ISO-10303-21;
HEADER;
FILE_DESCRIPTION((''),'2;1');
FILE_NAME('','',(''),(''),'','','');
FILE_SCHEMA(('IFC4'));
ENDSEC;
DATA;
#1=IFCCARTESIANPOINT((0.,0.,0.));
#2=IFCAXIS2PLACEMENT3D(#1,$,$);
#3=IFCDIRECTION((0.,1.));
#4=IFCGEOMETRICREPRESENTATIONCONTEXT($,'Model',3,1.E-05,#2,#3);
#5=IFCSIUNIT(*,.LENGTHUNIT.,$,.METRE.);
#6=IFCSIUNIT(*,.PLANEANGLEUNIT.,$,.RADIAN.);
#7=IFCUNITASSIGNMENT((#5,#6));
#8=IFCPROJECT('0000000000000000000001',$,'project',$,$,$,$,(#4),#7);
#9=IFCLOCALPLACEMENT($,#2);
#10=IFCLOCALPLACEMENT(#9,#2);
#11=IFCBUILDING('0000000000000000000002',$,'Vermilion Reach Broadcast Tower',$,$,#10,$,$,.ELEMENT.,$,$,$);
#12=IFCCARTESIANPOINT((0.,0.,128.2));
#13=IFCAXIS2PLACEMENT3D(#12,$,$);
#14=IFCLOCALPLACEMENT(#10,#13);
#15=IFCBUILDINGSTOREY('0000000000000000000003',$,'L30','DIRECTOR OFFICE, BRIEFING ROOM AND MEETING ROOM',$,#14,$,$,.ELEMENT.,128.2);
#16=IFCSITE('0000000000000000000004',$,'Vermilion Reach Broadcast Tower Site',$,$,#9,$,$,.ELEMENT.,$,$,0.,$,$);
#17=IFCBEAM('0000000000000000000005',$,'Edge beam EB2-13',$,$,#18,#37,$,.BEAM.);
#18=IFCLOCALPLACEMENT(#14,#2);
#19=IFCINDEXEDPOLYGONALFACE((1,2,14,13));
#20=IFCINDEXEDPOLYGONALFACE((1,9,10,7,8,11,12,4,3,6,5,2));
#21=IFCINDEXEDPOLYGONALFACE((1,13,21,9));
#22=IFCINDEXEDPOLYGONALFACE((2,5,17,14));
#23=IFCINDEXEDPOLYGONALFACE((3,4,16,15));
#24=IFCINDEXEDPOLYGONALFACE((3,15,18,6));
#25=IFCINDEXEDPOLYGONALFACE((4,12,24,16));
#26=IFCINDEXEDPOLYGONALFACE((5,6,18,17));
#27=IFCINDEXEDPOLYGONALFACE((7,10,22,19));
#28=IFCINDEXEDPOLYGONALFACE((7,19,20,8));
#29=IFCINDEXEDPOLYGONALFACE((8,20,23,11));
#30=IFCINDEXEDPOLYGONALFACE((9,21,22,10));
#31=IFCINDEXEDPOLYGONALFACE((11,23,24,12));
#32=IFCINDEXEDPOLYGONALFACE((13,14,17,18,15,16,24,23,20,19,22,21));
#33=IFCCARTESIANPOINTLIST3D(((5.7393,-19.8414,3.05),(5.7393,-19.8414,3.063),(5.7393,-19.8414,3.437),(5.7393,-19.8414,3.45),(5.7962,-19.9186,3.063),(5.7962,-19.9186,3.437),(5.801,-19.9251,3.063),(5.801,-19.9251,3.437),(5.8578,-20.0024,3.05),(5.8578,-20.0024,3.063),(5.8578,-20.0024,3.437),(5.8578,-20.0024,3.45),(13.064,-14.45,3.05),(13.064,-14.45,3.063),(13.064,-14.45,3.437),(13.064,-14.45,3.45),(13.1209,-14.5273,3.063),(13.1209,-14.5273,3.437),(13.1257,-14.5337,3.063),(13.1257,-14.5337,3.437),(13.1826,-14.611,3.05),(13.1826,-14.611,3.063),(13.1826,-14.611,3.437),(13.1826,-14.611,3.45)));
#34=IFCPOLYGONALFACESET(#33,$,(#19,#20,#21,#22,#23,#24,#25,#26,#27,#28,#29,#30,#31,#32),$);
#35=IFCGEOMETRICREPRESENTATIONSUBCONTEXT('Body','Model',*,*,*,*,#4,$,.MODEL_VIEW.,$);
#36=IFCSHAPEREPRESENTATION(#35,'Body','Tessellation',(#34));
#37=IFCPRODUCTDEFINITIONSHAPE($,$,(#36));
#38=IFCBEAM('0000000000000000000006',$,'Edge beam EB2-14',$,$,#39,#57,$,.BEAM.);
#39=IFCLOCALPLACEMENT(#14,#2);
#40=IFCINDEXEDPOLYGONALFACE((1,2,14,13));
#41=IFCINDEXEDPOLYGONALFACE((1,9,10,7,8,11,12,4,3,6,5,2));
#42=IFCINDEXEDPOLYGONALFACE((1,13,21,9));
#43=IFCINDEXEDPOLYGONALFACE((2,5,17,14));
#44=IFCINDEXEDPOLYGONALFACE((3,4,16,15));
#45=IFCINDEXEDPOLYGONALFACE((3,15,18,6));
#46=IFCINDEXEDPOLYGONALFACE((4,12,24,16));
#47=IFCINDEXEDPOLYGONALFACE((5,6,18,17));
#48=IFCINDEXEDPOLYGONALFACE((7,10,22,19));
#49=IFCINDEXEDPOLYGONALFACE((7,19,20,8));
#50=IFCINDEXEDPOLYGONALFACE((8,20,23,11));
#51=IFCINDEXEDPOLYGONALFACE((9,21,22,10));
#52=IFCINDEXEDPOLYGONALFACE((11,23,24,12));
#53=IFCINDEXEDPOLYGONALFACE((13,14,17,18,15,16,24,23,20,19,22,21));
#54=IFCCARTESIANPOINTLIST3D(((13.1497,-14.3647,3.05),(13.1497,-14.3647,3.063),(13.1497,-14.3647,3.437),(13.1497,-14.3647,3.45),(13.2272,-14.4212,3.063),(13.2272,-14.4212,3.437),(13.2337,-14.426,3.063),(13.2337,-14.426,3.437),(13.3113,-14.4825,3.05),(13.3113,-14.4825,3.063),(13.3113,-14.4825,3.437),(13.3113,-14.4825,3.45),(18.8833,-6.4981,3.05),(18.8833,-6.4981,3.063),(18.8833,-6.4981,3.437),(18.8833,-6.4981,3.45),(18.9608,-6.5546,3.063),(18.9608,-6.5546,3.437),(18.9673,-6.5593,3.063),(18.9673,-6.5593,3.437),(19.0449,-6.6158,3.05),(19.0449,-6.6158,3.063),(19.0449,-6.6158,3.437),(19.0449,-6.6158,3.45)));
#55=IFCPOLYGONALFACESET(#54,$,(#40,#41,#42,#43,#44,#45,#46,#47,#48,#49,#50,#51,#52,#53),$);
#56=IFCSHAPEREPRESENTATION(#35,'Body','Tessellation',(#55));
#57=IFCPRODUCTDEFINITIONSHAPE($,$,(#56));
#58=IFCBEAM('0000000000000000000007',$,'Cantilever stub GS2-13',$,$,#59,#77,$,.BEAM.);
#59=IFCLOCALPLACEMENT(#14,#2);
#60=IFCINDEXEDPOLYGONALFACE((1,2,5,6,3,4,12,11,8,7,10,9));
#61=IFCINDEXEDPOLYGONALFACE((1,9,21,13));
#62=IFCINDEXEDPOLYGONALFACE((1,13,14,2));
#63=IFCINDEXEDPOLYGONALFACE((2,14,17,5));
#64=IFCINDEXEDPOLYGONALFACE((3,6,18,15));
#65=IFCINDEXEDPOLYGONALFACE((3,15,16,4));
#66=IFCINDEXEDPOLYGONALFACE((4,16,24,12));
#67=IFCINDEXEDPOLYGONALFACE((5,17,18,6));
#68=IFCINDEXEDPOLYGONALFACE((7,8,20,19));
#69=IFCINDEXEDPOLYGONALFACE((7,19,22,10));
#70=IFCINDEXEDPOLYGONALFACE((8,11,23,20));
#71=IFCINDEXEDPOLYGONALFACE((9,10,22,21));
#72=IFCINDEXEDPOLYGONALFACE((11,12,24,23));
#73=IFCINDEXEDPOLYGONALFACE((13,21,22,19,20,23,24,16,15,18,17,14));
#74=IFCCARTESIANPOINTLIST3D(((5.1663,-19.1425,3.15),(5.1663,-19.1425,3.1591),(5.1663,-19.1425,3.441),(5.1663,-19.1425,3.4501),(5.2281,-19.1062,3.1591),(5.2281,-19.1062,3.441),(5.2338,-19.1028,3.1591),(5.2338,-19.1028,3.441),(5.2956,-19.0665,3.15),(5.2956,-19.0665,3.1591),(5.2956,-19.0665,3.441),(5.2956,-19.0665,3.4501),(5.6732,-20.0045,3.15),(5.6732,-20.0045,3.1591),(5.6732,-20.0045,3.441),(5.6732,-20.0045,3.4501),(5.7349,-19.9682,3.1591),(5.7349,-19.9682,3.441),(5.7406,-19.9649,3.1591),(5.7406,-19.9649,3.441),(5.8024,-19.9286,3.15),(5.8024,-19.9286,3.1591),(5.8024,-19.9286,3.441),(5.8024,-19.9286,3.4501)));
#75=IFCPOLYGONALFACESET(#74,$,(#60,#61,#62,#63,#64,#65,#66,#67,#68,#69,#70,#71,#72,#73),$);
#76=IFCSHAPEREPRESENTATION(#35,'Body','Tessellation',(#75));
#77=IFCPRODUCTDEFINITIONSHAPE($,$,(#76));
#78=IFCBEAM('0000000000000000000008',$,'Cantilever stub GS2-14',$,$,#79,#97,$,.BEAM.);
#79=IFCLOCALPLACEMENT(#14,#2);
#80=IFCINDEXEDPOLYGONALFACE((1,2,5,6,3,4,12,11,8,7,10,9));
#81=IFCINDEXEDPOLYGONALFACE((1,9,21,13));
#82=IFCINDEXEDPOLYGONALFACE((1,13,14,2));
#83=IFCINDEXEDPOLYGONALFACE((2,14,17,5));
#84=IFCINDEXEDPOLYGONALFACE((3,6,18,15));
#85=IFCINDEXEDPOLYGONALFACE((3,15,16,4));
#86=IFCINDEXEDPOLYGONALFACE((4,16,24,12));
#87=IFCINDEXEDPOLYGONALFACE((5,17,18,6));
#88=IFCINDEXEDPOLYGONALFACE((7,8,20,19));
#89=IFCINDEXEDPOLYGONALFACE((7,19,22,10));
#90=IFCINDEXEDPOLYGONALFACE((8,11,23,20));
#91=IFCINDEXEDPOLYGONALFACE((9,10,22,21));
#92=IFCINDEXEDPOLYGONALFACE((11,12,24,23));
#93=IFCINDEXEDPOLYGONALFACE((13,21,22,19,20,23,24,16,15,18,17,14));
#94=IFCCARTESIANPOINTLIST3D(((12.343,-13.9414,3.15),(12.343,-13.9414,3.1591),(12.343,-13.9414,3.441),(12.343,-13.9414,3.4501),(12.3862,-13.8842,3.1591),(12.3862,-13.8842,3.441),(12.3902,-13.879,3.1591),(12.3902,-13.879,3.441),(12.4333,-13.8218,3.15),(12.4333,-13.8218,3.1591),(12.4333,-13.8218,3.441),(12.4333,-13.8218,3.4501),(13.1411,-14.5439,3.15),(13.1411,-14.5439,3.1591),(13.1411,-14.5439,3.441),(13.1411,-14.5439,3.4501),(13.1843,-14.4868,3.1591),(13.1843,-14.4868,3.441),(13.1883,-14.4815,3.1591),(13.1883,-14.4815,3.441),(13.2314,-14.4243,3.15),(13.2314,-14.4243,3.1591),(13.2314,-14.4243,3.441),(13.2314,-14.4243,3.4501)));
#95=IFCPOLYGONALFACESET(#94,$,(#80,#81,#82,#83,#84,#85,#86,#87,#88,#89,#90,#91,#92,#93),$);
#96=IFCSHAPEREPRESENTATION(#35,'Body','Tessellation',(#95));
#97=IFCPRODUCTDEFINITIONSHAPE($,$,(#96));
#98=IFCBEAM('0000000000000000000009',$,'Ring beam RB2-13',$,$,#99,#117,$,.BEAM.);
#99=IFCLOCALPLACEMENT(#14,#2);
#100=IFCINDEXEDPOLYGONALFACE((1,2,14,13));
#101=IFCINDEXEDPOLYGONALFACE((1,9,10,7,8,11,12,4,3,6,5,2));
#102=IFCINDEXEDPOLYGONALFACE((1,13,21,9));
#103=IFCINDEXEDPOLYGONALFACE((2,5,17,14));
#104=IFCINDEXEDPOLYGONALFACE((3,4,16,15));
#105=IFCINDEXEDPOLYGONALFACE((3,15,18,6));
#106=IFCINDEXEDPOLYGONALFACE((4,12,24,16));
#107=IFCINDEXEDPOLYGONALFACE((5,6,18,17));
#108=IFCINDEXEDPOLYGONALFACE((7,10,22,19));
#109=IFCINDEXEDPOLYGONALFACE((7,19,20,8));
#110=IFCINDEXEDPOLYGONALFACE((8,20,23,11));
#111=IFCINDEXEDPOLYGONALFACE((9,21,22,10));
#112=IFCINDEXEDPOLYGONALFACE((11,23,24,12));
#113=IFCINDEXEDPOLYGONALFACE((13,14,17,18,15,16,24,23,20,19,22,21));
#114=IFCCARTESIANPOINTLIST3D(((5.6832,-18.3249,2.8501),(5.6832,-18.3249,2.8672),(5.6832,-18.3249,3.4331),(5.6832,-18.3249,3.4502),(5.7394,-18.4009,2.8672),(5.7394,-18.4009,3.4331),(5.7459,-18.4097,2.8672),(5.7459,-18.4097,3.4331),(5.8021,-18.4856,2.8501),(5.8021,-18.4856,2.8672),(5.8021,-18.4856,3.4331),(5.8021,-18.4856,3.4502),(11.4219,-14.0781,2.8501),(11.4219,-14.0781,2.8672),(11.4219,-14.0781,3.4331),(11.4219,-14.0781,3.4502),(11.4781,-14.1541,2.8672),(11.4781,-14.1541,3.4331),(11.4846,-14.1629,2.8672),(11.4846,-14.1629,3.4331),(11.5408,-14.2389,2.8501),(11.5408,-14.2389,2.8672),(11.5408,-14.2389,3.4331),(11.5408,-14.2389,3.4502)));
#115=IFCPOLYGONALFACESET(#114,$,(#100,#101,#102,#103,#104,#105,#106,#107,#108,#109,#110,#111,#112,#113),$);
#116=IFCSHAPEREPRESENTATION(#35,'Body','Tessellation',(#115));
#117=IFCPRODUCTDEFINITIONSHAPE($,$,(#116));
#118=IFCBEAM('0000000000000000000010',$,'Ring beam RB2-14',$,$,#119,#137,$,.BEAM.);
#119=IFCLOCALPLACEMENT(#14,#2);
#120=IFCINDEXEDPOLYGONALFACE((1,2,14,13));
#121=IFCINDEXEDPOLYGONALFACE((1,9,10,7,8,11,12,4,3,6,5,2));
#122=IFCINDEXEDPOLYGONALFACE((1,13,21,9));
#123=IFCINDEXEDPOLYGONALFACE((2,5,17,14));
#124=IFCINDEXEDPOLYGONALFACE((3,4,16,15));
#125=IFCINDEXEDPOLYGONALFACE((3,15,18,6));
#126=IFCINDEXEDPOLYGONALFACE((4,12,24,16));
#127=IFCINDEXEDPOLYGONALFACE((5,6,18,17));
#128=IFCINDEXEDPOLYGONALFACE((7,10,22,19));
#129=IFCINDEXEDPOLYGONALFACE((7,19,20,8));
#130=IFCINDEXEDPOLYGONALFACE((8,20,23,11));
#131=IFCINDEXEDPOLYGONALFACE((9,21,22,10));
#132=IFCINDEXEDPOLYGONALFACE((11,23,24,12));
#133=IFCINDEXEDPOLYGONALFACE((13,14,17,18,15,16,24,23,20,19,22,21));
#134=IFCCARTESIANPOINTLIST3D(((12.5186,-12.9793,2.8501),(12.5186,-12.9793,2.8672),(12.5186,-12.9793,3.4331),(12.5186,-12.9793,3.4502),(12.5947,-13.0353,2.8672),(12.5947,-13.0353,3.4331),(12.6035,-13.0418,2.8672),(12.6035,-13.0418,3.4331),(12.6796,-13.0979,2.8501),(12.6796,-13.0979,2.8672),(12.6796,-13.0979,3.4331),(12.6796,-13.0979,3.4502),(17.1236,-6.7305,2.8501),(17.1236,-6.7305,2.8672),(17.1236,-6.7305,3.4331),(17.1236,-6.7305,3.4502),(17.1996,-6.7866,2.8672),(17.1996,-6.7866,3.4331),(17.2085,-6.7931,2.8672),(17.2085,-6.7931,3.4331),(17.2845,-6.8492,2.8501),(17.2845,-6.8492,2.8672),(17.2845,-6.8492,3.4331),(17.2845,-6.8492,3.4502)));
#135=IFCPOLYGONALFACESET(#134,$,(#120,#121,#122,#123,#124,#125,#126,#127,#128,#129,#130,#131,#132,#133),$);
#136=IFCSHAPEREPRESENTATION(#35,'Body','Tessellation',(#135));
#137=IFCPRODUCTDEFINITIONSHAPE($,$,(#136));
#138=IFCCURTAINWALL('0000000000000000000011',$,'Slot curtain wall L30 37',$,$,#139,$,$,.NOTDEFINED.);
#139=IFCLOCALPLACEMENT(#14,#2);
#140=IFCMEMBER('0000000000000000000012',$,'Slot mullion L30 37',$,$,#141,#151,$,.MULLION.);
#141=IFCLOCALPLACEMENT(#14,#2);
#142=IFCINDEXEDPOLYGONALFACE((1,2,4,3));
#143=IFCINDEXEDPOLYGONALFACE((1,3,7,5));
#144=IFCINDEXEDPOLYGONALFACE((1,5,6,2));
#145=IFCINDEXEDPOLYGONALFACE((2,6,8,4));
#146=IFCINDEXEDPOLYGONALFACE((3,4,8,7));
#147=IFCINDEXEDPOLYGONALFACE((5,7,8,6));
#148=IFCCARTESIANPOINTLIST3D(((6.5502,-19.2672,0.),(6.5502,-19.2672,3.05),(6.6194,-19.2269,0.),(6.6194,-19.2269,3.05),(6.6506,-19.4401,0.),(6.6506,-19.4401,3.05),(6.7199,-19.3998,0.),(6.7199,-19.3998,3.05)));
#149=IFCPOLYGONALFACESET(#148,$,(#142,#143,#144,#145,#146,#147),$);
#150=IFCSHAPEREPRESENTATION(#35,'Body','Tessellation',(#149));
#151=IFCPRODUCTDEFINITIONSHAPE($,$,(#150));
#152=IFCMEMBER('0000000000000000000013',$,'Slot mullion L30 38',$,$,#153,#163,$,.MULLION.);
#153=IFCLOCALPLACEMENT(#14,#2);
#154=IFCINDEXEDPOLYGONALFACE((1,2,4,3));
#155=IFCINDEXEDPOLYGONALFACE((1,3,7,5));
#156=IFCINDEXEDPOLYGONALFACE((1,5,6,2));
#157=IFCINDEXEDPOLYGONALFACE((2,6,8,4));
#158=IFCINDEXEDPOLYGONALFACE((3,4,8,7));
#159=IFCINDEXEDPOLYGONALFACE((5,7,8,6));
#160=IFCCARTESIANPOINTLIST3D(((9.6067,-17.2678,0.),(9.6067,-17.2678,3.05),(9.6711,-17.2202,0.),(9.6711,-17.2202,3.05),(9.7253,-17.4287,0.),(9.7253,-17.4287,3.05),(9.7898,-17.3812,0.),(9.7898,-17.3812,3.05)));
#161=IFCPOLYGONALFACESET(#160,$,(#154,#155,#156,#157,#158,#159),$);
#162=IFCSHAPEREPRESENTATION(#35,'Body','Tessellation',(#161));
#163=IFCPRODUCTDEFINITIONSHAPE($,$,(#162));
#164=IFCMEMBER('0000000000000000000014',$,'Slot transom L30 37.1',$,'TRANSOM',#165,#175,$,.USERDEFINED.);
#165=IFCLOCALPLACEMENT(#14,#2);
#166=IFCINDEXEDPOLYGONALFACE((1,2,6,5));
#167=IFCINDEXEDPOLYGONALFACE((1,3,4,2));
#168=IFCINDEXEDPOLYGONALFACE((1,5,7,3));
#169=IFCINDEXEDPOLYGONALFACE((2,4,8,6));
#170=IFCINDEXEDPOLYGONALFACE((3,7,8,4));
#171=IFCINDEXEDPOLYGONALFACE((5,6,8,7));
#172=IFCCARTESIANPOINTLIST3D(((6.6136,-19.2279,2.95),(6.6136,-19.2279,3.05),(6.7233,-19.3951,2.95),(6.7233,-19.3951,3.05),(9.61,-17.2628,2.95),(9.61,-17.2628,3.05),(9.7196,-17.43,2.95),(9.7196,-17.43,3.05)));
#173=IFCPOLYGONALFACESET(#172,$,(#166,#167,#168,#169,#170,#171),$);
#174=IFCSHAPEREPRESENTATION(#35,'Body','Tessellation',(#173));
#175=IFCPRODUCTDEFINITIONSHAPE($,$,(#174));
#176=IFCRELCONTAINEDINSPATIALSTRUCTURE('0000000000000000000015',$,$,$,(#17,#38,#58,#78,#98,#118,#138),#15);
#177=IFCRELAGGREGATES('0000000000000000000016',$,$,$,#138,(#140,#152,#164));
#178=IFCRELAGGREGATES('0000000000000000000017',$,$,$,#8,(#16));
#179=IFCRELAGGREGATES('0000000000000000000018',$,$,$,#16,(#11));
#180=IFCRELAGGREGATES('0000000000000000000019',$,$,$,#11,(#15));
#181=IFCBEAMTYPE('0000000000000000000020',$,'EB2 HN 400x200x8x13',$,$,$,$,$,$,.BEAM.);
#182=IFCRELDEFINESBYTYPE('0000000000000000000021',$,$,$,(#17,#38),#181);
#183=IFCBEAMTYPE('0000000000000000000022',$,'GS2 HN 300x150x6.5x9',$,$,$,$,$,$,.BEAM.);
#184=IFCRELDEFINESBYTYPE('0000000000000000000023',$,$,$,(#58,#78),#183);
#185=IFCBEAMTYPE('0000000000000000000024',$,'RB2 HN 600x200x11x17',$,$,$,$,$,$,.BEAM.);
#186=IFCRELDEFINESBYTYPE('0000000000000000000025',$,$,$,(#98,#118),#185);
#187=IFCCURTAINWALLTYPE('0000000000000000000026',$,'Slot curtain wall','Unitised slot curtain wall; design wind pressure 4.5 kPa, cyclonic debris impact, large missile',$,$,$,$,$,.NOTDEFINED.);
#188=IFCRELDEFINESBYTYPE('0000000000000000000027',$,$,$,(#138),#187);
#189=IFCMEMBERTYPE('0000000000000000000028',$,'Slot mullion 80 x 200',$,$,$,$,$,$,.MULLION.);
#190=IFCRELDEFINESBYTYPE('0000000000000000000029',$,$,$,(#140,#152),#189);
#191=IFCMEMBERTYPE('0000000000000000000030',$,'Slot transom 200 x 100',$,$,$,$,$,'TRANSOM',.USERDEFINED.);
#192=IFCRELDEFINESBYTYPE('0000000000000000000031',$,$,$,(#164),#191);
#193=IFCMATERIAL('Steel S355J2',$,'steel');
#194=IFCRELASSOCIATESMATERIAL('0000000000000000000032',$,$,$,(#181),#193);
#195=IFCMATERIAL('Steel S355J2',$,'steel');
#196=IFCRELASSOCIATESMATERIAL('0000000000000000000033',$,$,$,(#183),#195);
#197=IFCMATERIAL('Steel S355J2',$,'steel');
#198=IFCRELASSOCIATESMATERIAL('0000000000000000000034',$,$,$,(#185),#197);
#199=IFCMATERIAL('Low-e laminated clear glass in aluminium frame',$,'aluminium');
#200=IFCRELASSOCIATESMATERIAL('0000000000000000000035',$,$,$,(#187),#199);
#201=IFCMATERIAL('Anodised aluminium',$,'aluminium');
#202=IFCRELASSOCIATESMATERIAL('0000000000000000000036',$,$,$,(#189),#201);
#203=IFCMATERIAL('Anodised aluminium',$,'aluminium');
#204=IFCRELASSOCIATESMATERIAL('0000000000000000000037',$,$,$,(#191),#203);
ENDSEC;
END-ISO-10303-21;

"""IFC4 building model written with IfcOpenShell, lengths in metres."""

from ifc_helpers import new_model, si_unit, direction, frame, origin, origin_2d, place, context, subcontext, project, spatial, rectangle, i_section, extrude, material, material_profile, profile_set, type_object, element, aggregate, save


model = new_model("IFC4")

# Units and contexts
model_context = context("Model", 3, precision=1e-05, world=origin(), true_north=direction((0.0, 1.0)))
body_context = subcontext(model_context, "Body", "Model", "MODEL_VIEW")
ifc_project = project(units=[si_unit("LENGTHUNIT", "METRE"), si_unit("PLANEANGLEUNIT", "RADIAN")], contexts=[model_context])

# Site, building, storey
site_placement = place(None, origin())
site = spatial("IfcSite", under=ifc_project, at=site_placement, Name="Vermilion Reach Broadcast Tower Site", CompositionType="ELEMENT", RefElevation=0.0)
building_placement = place(site_placement, origin())
building = spatial("IfcBuilding", under=site, at=building_placement, Name="Vermilion Reach Broadcast Tower", CompositionType="ELEMENT")
storey_placement = place(building_placement, frame((0.0, 0.0, 128.2)))
storey = spatial("IfcBuildingStorey", under=building, at=storey_placement, Name="L30", Description="DIRECTOR OFFICE, BRIEFING ROOM AND MEETING ROOM", CompositionType="ELEMENT", Elevation=128.2)

# Beams
ifc_material_1 = material(Name="Steel S355J2", Category="steel")
ifc_material_profile_1 = material_profile(ifc_material_1, i_section(OverallWidth=0.2, OverallDepth=0.3999, WebThickness=0.0081, FlangeThickness=0.0129, at=origin_2d()), Name="S355J2 HN 400x200x8x13")
ifc_profile_set_1 = profile_set([ifc_material_profile_1], Name="Steel S355J2")
beam_type_1 = type_object("IfcBeamType", Name="EB2 HN 400x200x8x13", PredefinedType="BEAM", material=ifc_profile_set_1)
beam_1_placement = place(storey_placement, frame((5.7986, -19.9219, 3.25), z_axis=(0.80536, 0.592786, 0.0), x_axis=(-0.592786, 0.80536, 0.0)))
element("IfcBeam", 1, at=beam_1_placement, inside=storey, type_object=beam_type_1, Name="Edge beam EB2-13", PredefinedType="BEAM", context=body_context, shape_type="SweptSolid", body=[
    extrude(i_section(OverallWidth=0.2, OverallDepth=0.3999, WebThickness=0.0081, FlangeThickness=0.0129, at=origin_2d()), origin(), (0.0, 0.0, 1.0), 9.095),
])
beam_2_placement = place(storey_placement, frame((13.2305, -14.4236, 3.25), z_axis=(0.589005, 0.808129, 0.0), x_axis=(-0.808129, 0.589005, 0.0)))
element("IfcBeam", 2, at=beam_2_placement, inside=storey, type_object=beam_type_1, Name="Edge beam EB2-14", PredefinedType="BEAM", context=body_context, shape_type="SweptSolid", body=[
    extrude(i_section(OverallWidth=0.2, OverallDepth=0.3999, WebThickness=0.0081, FlangeThickness=0.0129, at=origin_2d()), origin(), (0.0, 0.0, 1.0), 9.7344),
])
ifc_material_2 = material(Name="Steel S355J2", Category="steel")
ifc_material_profile_2 = material_profile(ifc_material_2, i_section(OverallWidth=0.1499, OverallDepth=0.3, WebThickness=0.0066, FlangeThickness=0.009, at=origin_2d()), Name="S355J2 HN 300x150x6.5x9")
ifc_profile_set_2 = profile_set([ifc_material_profile_2], Name="Steel S355J2")
beam_type_2 = type_object("IfcBeamType", Name="GS2 HN 300x150x6.5x9", PredefinedType="BEAM", material=ifc_profile_set_2)
for number, where, z_axis, x_axis, name in (
    (3, (5.231, -19.1045, 3.3), (0.506828, -0.862047, 0.0), (0.862047, 0.506828, 0.0), "Cantilever stub GS2-13"),
    (4, (12.3882, -13.8816, 3.3), (0.798092, -0.602536, 0.0), (0.602536, 0.798092, 0.0), "Cantilever stub GS2-14"),
):
    element("IfcBeam", number, at=place(storey_placement, frame(where, z_axis=z_axis, x_axis=x_axis)), inside=storey, type_object=beam_type_2, Name=name, PredefinedType="BEAM", context=body_context, shape_type="SweptSolid", body=[
        extrude(i_section(OverallWidth=0.1499, OverallDepth=0.3, WebThickness=0.0066, FlangeThickness=0.009, at=origin_2d()), origin(), (0.0, 0.0, 1.0), 1.0),
    ])
ifc_material_3 = material(Name="Steel S355J2", Category="steel")
ifc_material_profile_3 = material_profile(ifc_material_3, i_section(OverallWidth=0.2, OverallDepth=0.6001, WebThickness=0.011, FlangeThickness=0.0171, at=origin_2d()), Name="S355J2 HN 600x200x11x17")
ifc_profile_set_3 = profile_set([ifc_material_profile_3], Name="Steel S355J2")
beam_type_3 = type_object("IfcBeamType", Name="RB2 HN 600x200x11x17", PredefinedType="BEAM", material=ifc_profile_set_3)
beam_3_placement = place(storey_placement, frame((5.7427, -18.4053, 3.1501), z_axis=(0.803833, 0.594855, 0.0), x_axis=(-0.594855, 0.803833, 0.0)))
element("IfcBeam", 5, at=beam_3_placement, inside=storey, type_object=beam_type_3, Name="Ring beam RB2-13", PredefinedType="BEAM", context=body_context, shape_type="SweptSolid", body=[
    extrude(i_section(OverallWidth=0.2, OverallDepth=0.6001, WebThickness=0.011, FlangeThickness=0.0171, at=origin_2d()), origin(), (0.0, 0.0, 1.0), 7.1392),
])
beam_4_placement = place(storey_placement, frame((12.5991, -13.0386, 3.1501), z_axis=(0.593251, 0.805018, 0.0), x_axis=(-0.805018, 0.593251, 0.0)))
element("IfcBeam", 6, at=beam_4_placement, inside=storey, type_object=beam_type_3, Name="Ring beam RB2-14", PredefinedType="BEAM", context=body_context, shape_type="SweptSolid", body=[
    extrude(i_section(OverallWidth=0.2, OverallDepth=0.6001, WebThickness=0.011, FlangeThickness=0.0171, at=origin_2d()), origin(), (0.0, 0.0, 1.0), 7.7622),
])

# Curtain wall, members
ifc_material_4 = material(Name="Low-e laminated clear glass in aluminium frame", Category="aluminium")
curtain_wall_type = type_object("IfcCurtainWallType", Name="Slot curtain wall", Description="Unitised slot curtain wall; design wind pressure 4.5 kPa, cyclonic debris impact, large missile", PredefinedType="NOTDEFINED", material=ifc_material_4)
curtain_wall_placement = place(storey_placement, origin())
curtain_wall = element("IfcCurtainWall", 7, at=curtain_wall_placement, inside=storey, type_object=curtain_wall_type, Name="Slot curtain wall L30 37", PredefinedType="NOTDEFINED")
ifc_material_5 = material(Name="Anodised aluminium", Category="aluminium")
ifc_material_profile_4 = material_profile(ifc_material_5, rectangle(XDim=0.2, YDim=0.0801, at=origin_2d()), Name="Slot mullion 80 x 200")
ifc_profile_set_4 = profile_set([ifc_material_profile_4], Name="Anodised aluminium")
member_type_1 = type_object("IfcMemberType", Name="Slot mullion 80 x 200", PredefinedType="MULLION", material=ifc_profile_set_4)
member_1_placement = place(storey_placement, frame((6.635, -19.3335, 0.0), z_axis=(0.0, 0.0, 1.0), x_axis=(-0.502506, 0.864574, 0.0)))
member_1 = element("IfcMember", 8, at=member_1_placement, type_object=member_type_1, Name="Slot mullion L30 37", PredefinedType="MULLION", context=body_context, shape_type="SweptSolid", body=[
    extrude(rectangle(XDim=0.2, YDim=0.0801, at=origin_2d()), origin(), (0.0, 0.0, 1.0), 3.05),
])
member_2_placement = place(storey_placement, frame((9.6982, -17.3245, 0.0), z_axis=(0.0, 0.0, 1.0), x_axis=(-0.593433, 0.804883, 0.0)))
member_2 = element("IfcMember", 9, at=member_2_placement, type_object=member_type_1, Name="Slot mullion L30 38", PredefinedType="MULLION", context=body_context, shape_type="SweptSolid", body=[
    extrude(rectangle(XDim=0.2, YDim=0.0801, at=origin_2d()), origin(), (0.0, 0.0, 1.0), 3.05),
])
ifc_material_6 = material(Name="Anodised aluminium", Category="aluminium")
ifc_material_profile_5 = material_profile(ifc_material_6, rectangle(XDim=0.2, YDim=0.1001, at=origin_2d()), Name="Slot transom 200 x 100")
ifc_profile_set_5 = profile_set([ifc_material_profile_5], Name="Anodised aluminium")
member_type_2 = type_object("IfcMemberType", Name="Slot transom 200 x 100", ElementType="TRANSOM", PredefinedType="USERDEFINED", material=ifc_profile_set_5)
member_3_placement = place(storey_placement, frame((6.6685, -19.3115, 3.0), z_axis=(0.836209, 0.548411, 0.0), x_axis=(-0.548411, 0.836209, 0.0)))
member_3 = element("IfcMember", 10, at=member_3_placement, type_object=member_type_2, Name="Slot transom L30 37.1", ObjectType="TRANSOM", PredefinedType="USERDEFINED", context=body_context, shape_type="SweptSolid", body=[
    extrude(rectangle(XDim=0.2, YDim=0.1001, at=origin_2d()), origin(), (0.0, 0.0, 1.0), 3.5833),
])
aggregate(curtain_wall, [member_1, member_2, member_3])

save(model, "model.ifc")
